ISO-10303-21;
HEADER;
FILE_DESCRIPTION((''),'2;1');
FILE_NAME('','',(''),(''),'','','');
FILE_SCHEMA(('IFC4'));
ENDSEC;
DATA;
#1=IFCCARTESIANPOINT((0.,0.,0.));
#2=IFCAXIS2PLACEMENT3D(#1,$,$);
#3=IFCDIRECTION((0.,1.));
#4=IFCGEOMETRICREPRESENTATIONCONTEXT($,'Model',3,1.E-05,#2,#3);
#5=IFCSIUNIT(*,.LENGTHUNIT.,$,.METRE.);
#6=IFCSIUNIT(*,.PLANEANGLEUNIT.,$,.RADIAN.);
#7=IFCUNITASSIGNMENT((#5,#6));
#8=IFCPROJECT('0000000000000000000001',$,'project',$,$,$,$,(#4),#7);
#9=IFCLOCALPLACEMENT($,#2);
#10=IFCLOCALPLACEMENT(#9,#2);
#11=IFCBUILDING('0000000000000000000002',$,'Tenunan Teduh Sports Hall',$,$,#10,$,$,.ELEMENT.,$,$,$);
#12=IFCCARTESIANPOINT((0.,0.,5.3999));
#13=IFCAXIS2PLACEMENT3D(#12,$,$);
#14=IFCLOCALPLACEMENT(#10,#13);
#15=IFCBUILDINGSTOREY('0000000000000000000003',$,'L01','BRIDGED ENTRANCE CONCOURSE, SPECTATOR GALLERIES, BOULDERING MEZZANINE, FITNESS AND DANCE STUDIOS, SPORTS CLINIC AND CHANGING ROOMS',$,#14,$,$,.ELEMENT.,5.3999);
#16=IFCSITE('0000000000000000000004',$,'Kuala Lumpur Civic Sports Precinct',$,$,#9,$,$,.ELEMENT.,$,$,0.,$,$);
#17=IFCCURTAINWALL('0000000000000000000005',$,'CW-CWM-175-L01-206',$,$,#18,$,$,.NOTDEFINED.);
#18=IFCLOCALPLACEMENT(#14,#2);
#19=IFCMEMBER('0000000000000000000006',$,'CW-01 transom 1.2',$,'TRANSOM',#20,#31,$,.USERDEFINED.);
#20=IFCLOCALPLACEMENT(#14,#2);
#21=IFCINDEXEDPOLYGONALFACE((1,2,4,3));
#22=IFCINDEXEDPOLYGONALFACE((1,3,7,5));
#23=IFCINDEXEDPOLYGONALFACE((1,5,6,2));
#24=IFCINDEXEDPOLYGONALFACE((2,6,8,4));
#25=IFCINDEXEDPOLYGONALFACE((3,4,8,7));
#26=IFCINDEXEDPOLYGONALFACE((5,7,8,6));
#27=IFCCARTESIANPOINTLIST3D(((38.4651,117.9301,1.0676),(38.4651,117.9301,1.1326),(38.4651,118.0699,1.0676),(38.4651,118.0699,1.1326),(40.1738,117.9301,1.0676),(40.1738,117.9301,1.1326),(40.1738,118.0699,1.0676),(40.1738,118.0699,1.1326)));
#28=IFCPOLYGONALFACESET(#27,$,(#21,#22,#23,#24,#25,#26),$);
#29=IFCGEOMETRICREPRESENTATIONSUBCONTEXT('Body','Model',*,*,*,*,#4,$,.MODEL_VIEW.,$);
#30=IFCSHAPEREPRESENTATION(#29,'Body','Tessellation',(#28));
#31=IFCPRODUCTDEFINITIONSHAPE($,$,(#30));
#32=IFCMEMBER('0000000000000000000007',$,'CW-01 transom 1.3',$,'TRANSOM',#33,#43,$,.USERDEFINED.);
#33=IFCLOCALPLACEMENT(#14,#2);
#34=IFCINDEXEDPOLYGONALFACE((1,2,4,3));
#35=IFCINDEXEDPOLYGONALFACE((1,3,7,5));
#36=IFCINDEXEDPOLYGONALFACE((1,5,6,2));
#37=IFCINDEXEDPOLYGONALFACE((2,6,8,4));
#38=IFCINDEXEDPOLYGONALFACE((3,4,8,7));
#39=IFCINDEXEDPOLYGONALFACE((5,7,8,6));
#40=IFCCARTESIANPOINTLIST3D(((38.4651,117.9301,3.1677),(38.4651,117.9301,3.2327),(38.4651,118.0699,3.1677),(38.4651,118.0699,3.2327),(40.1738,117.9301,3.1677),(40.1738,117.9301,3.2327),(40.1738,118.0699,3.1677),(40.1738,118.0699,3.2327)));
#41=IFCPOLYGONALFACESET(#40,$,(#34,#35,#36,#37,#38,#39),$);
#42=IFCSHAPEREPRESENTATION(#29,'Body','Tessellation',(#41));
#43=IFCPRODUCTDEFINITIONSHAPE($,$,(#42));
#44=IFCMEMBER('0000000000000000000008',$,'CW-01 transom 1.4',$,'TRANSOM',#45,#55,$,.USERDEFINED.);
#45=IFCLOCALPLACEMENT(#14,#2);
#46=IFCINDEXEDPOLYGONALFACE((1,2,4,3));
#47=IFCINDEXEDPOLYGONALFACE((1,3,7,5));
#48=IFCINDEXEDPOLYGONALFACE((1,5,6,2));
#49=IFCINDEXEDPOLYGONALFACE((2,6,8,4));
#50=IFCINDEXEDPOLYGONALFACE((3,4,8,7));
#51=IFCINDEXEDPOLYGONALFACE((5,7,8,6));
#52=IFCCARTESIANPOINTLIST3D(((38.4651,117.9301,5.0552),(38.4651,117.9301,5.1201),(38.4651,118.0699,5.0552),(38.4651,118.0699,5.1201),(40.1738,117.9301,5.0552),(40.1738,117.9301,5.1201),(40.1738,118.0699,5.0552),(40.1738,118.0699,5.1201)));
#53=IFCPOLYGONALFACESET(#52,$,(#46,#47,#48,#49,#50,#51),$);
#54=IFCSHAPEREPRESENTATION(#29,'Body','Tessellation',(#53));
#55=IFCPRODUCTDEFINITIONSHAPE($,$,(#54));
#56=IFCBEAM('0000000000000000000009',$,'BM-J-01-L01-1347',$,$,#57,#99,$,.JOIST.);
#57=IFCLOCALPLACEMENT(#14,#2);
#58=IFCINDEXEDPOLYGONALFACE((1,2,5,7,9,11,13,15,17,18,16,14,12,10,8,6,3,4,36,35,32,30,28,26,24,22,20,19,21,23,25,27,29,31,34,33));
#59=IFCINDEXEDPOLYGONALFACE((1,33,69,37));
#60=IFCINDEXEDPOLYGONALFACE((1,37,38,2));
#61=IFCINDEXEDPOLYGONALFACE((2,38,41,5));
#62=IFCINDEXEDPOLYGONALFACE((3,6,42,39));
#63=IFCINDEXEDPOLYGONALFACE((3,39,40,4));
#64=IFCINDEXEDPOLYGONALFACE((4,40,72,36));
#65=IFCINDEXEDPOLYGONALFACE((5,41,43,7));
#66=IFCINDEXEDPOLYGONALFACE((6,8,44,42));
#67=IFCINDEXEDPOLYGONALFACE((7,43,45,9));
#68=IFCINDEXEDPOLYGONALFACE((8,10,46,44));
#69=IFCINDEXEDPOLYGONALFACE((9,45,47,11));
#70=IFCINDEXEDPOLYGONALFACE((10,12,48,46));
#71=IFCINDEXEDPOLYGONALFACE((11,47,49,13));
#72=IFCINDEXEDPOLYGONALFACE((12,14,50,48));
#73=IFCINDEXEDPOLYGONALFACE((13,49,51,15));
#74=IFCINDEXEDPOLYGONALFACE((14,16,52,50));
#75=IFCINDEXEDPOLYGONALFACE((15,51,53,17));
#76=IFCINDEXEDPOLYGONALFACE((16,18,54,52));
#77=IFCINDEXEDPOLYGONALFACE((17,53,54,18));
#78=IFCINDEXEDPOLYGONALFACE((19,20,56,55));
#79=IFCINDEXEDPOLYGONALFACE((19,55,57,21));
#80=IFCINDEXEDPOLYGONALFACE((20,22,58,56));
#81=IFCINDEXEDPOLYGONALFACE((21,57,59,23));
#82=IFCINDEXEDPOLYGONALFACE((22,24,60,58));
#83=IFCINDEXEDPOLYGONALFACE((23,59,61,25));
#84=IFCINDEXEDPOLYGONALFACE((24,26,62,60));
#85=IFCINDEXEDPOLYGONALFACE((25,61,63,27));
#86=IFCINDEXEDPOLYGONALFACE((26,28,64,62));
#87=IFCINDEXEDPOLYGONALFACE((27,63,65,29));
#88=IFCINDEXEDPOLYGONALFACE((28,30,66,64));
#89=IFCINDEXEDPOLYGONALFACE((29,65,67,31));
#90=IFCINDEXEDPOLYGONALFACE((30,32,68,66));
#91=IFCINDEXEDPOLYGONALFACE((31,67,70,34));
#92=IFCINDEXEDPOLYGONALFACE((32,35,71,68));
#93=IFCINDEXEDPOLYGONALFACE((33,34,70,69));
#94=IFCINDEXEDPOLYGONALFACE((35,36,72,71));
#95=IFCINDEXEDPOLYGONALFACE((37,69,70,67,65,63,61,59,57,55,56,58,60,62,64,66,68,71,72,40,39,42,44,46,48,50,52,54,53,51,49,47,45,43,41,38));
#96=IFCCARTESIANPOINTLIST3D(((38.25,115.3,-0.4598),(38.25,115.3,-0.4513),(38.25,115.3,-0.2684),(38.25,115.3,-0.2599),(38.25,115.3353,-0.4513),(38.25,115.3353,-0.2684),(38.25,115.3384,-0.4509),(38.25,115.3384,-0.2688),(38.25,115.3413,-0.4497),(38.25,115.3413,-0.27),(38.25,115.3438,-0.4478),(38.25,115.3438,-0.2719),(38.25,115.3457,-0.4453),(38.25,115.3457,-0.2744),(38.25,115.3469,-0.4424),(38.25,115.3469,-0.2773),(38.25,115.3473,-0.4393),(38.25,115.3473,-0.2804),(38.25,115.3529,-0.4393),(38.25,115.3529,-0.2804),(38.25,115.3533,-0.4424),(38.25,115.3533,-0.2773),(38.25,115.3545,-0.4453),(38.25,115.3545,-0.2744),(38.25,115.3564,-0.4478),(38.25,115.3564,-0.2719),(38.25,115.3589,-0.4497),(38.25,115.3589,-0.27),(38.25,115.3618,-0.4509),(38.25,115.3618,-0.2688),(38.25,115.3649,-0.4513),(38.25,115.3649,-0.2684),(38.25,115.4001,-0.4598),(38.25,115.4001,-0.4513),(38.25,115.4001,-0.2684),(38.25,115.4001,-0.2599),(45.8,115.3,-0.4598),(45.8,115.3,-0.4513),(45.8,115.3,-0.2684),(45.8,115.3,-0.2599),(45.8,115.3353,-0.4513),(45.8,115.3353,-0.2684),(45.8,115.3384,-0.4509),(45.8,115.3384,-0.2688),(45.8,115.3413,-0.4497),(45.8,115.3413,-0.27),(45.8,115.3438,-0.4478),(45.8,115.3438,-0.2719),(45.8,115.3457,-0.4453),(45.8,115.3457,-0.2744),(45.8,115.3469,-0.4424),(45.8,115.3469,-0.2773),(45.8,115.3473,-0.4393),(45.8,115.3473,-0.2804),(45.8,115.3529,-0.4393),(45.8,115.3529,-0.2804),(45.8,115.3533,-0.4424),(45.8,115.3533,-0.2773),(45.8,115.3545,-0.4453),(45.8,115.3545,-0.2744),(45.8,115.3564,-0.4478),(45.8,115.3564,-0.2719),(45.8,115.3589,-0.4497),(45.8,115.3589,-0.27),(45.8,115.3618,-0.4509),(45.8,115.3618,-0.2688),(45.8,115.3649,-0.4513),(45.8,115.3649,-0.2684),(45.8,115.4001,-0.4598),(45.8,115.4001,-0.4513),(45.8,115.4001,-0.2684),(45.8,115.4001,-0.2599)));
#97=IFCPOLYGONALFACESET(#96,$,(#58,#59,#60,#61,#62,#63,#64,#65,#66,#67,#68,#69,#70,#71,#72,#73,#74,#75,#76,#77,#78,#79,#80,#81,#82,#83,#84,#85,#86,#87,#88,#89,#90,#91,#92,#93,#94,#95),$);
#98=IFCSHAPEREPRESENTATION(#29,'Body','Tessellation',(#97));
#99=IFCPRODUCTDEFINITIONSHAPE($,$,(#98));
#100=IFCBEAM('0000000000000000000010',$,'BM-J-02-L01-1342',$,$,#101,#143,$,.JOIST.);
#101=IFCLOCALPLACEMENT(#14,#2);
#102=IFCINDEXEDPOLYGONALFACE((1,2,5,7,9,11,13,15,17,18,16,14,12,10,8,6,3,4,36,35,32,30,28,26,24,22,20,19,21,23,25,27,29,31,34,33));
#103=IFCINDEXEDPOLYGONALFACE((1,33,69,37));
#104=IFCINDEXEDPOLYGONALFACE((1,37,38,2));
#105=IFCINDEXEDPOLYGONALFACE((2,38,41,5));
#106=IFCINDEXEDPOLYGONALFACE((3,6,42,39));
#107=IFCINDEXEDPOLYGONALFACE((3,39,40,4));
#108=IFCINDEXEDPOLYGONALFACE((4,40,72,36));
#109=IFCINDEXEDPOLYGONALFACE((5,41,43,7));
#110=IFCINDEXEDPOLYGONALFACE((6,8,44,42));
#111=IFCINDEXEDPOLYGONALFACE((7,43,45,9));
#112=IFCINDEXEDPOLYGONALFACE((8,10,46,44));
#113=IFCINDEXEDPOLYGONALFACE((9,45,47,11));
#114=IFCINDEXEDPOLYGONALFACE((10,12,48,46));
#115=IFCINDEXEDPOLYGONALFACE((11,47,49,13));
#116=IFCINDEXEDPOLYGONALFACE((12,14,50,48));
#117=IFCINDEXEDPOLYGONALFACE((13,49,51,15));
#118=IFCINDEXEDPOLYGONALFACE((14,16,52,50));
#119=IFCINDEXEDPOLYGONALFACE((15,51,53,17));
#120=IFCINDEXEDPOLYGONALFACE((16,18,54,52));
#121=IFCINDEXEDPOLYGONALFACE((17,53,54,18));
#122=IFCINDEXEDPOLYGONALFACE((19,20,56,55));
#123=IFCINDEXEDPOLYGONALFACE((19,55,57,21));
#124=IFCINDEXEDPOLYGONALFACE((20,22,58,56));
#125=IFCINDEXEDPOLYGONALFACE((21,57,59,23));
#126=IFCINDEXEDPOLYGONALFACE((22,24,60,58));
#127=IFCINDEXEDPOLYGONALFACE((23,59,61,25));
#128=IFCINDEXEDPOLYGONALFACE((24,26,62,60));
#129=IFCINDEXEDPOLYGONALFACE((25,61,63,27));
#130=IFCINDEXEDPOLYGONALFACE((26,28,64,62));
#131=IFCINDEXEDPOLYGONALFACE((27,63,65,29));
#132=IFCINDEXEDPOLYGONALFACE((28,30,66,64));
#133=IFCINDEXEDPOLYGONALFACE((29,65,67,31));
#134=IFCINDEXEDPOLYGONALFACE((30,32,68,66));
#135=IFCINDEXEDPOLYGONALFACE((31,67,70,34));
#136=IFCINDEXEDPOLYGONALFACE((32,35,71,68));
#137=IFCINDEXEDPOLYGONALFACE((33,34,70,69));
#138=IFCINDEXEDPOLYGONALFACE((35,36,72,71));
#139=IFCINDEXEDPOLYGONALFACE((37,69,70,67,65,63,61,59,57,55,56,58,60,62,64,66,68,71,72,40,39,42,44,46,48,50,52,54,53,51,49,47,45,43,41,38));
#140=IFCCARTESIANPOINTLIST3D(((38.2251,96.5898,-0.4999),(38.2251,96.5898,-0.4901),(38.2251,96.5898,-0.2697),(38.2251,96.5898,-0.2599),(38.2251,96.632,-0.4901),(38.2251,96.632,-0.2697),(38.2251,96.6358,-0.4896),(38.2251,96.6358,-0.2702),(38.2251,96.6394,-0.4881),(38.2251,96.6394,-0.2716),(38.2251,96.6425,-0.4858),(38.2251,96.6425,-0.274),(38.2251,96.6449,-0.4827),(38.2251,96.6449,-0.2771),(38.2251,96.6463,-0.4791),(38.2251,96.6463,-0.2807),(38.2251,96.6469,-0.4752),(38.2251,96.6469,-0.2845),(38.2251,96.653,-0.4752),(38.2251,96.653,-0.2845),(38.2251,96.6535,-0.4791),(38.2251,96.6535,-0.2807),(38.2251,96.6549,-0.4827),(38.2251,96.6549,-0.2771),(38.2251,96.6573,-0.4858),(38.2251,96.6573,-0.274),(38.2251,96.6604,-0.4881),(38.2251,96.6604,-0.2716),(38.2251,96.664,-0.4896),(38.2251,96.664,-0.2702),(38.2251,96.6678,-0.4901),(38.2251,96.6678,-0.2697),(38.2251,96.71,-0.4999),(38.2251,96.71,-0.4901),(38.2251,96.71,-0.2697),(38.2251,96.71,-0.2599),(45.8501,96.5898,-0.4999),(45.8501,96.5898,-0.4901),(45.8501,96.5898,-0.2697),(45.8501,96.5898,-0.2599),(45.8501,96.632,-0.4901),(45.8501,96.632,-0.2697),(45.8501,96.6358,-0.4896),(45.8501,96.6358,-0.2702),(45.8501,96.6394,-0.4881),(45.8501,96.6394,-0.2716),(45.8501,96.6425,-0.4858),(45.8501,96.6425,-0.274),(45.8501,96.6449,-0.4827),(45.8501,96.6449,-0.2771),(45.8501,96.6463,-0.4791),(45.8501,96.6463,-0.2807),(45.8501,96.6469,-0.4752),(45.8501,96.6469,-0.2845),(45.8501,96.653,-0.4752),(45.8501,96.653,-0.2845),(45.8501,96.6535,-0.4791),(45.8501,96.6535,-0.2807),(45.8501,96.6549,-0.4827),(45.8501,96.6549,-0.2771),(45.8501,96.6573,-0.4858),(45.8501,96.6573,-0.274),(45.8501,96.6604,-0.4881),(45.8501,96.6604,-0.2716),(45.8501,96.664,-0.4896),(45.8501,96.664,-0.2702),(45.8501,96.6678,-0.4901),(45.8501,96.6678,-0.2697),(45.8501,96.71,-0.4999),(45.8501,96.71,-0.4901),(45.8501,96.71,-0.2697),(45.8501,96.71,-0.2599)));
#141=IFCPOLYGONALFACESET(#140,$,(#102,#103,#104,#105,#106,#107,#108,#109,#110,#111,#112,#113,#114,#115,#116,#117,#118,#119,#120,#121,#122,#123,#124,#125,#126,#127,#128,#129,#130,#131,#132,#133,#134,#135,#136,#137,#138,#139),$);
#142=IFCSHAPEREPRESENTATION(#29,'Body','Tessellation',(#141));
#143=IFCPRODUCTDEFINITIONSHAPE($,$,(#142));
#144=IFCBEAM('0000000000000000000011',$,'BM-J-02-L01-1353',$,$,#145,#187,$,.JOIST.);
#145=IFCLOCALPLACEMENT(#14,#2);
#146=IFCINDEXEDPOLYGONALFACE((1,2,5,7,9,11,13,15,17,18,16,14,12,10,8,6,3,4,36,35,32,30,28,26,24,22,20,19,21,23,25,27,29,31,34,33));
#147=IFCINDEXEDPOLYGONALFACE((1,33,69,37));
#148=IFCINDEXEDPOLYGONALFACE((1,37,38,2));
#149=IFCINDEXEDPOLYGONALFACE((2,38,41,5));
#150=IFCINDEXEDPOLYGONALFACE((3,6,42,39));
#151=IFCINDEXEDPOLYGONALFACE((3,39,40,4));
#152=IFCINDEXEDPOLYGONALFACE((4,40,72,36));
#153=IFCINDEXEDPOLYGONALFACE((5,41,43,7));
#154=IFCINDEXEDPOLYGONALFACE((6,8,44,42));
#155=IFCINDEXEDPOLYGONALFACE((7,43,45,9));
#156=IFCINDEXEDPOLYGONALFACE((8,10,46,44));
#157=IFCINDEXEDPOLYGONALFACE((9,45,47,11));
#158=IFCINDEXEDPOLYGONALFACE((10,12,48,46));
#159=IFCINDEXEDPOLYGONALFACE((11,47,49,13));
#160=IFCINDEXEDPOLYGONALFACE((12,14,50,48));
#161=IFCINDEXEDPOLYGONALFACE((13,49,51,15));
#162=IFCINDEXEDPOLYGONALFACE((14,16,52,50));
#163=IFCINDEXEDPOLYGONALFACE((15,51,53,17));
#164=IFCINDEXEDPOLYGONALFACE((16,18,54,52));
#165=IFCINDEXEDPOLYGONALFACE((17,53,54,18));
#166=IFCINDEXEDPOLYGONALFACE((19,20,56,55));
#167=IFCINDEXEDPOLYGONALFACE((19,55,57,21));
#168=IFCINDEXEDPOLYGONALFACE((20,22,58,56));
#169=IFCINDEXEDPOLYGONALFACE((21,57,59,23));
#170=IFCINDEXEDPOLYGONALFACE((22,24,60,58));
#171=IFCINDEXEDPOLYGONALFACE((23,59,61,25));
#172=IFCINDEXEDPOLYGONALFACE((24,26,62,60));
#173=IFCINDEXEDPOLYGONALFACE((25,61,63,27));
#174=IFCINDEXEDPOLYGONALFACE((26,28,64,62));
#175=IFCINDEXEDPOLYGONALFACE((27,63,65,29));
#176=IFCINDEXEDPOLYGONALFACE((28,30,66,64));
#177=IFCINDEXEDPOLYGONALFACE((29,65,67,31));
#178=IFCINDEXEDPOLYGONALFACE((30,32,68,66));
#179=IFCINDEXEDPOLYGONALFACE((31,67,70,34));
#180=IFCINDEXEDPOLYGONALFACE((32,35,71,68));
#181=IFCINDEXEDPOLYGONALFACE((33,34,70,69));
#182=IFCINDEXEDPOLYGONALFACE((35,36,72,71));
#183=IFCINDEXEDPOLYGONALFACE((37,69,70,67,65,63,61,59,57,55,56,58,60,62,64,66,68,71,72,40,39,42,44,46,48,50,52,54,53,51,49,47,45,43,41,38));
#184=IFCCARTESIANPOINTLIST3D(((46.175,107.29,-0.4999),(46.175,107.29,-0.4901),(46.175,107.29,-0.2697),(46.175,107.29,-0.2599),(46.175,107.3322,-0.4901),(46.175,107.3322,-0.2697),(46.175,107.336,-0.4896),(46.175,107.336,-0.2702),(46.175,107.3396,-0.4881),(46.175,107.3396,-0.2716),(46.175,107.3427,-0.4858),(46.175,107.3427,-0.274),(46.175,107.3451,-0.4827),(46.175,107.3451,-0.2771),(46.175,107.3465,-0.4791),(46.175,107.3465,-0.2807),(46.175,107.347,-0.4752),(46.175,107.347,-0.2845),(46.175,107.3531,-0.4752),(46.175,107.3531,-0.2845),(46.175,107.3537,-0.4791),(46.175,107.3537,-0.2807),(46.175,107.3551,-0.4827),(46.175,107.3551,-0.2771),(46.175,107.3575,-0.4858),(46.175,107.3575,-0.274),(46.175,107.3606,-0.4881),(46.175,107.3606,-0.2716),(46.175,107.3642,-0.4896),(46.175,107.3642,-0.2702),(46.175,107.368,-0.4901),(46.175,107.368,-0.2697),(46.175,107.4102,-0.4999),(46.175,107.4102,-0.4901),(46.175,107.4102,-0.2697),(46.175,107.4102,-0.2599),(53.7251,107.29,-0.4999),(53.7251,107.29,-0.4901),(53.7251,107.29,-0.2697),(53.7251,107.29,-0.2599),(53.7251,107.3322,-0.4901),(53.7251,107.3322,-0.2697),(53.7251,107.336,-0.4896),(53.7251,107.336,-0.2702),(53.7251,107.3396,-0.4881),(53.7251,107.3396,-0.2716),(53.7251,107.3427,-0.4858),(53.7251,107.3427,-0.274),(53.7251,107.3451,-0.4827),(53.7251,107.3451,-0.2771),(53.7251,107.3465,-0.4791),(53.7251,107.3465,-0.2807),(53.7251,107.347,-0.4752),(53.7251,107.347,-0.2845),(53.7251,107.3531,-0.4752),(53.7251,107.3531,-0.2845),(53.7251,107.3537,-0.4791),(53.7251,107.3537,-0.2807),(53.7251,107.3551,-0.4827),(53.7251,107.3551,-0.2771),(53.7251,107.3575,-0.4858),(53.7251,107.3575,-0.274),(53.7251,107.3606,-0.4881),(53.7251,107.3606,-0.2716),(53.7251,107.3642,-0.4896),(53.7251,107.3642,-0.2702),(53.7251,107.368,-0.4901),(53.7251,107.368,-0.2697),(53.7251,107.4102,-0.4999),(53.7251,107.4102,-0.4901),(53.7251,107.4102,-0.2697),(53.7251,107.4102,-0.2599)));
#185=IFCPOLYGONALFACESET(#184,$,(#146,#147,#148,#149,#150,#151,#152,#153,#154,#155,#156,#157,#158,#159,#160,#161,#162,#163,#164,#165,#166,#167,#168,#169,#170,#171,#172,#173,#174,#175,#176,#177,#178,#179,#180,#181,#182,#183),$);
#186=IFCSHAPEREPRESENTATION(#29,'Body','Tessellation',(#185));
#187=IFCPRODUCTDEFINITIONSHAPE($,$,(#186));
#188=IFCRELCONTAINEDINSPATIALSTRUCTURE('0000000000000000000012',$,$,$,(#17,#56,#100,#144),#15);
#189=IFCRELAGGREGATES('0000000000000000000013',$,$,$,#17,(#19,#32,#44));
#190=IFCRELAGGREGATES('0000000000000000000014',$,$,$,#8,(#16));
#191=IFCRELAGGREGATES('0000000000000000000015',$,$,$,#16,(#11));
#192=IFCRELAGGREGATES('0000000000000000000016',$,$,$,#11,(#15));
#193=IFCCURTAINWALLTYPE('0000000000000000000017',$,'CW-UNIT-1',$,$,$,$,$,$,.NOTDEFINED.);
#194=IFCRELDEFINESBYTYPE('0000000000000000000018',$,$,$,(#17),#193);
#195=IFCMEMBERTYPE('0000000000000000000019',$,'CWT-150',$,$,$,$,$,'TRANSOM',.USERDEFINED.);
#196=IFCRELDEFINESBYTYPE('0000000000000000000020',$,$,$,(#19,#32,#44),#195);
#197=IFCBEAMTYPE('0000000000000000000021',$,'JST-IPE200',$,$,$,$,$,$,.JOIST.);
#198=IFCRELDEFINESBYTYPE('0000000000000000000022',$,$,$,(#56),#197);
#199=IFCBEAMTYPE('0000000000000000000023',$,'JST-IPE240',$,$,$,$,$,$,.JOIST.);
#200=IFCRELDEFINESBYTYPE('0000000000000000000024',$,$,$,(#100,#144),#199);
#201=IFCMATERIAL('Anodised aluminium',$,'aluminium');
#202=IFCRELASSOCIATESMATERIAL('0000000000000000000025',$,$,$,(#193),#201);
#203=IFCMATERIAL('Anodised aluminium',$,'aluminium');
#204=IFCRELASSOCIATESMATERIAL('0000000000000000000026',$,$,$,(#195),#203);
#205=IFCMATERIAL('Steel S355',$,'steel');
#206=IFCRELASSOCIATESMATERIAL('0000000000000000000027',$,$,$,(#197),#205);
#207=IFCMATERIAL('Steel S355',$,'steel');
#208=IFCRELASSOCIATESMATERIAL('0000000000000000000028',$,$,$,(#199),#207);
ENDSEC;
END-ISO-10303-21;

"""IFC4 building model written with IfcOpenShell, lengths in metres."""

from ifc_helpers import new_model, si_unit, direction, frame, origin, origin_2d, place, context, subcontext, project, spatial, rectangle, i_section, extrude, material, material_profile, profile_set, type_object, element, aggregate, save


model = new_model("IFC4")

# Units and contexts
model_context = context("Model", 3, precision=1e-05, world=origin(), true_north=direction((0.0, 1.0)))
body_context = subcontext(model_context, "Body", "Model", "MODEL_VIEW")
ifc_project = project(units=[si_unit("LENGTHUNIT", "METRE"), si_unit("PLANEANGLEUNIT", "RADIAN")], contexts=[model_context])

# Site, building, storey
site_placement = place(None, origin())
site = spatial("IfcSite", under=ifc_project, at=site_placement, Name="Kuala Lumpur Civic Sports Precinct", CompositionType="ELEMENT", RefElevation=0.0)
building_placement = place(site_placement, origin())
building = spatial("IfcBuilding", under=site, at=building_placement, Name="Tenunan Teduh Sports Hall", CompositionType="ELEMENT")
storey_placement = place(building_placement, frame((0.0, 0.0, 5.3999)))
storey = spatial("IfcBuildingStorey", under=building, at=storey_placement, Name="L01", Description="BRIDGED ENTRANCE CONCOURSE, SPECTATOR GALLERIES, BOULDERING MEZZANINE, FITNESS AND DANCE STUDIOS, SPORTS CLINIC AND CHANGING ROOMS", CompositionType="ELEMENT", Elevation=5.3999)

# Curtain wall, members
ifc_material_1 = material(Name="Anodised aluminium", Category="aluminium")
curtain_wall_type = type_object("IfcCurtainWallType", Name="CW-UNIT-1", PredefinedType="NOTDEFINED", material=ifc_material_1)
curtain_wall_placement = place(storey_placement, origin())
curtain_wall = element("IfcCurtainWall", 1, at=curtain_wall_placement, inside=storey, type_object=curtain_wall_type, Name="CW-CWM-175-L01-206", PredefinedType="NOTDEFINED")
ifc_material_2 = material(Name="Anodised aluminium", Category="aluminium")
ifc_material_profile_1 = material_profile(ifc_material_2, rectangle(XDim=0.0649, YDim=0.1399, at=origin_2d()), Name="CWT 65x140")
ifc_profile_set_1 = profile_set([ifc_material_profile_1], Name="Anodised aluminium")
member_type_1 = type_object("IfcMemberType", Name="CWT-150", ElementType="TRANSOM", PredefinedType="USERDEFINED", material=ifc_profile_set_1)
member_1_placement = place(storey_placement, frame((38.4651, 118.0, 1.1001), z_axis=(1.0, 0.0, 0.0), x_axis=(0.0, 0.0, 1.0)))
member_1 = element("IfcMember", 2, at=member_1_placement, type_object=member_type_1, Name="CW-01 transom 1.2", ObjectType="TRANSOM", PredefinedType="USERDEFINED", context=body_context, shape_type="SweptSolid", body=[
    extrude(rectangle(XDim=0.0649, YDim=0.1399, at=origin_2d()), origin(), (0.0, 0.0, 1.0), 1.7087),
])
member_2_placement = place(storey_placement, frame((38.4651, 118.0, 3.2002), z_axis=(1.0, 0.0, 0.0), x_axis=(0.0, 0.0, 1.0)))
member_2 = element("IfcMember", 3, at=member_2_placement, type_object=member_type_1, Name="CW-01 transom 1.3", ObjectType="TRANSOM", PredefinedType="USERDEFINED", context=body_context, shape_type="SweptSolid", body=[
    extrude(rectangle(XDim=0.0649, YDim=0.1399, at=origin_2d()), origin(), (0.0, 0.0, 1.0), 1.7087),
])
member_3_placement = place(storey_placement, frame((38.4651, 118.0, 5.0876), z_axis=(1.0, 0.0, 0.0), x_axis=(0.0, 0.0, 1.0)))
member_3 = element("IfcMember", 4, at=member_3_placement, type_object=member_type_1, Name="CW-01 transom 1.4", ObjectType="TRANSOM", PredefinedType="USERDEFINED", context=body_context, shape_type="SweptSolid", body=[
    extrude(rectangle(XDim=0.0649, YDim=0.1399, at=origin_2d()), origin(), (0.0, 0.0, 1.0), 1.7087),
])

# Beams
ifc_material_3 = material(Name="Steel S355", Category="steel")
ifc_material_profile_2 = material_profile(ifc_material_3, i_section(OverallWidth=0.1001, OverallDepth=0.2, WebThickness=0.0056, FlangeThickness=0.0085, FilletRadius=0.012, at=origin_2d()), Name="IPE 200")
ifc_profile_set_2 = profile_set([ifc_material_profile_2], Name="Steel S355")
beam_type_1 = type_object("IfcBeamType", Name="JST-IPE200", PredefinedType="JOIST", material=ifc_profile_set_2)
beam_1_placement = place(storey_placement, frame((38.25, 115.3501, -0.3599), z_axis=(1.0, 0.0, 0.0), x_axis=(0.0, 1.0, 0.0)))
element("IfcBeam", 5, at=beam_1_placement, inside=storey, type_object=beam_type_1, Name="BM-J-01-L01-1347", PredefinedType="JOIST", context=body_context, shape_type="SweptSolid", body=[
    extrude(i_section(OverallWidth=0.1001, OverallDepth=0.2, WebThickness=0.0056, FlangeThickness=0.0085, FilletRadius=0.012, at=origin_2d()), origin(), (0.0, 0.0, 1.0), 7.55),
])
ifc_material_4 = material(Name="Steel S355", Category="steel")
ifc_material_profile_3 = material_profile(ifc_material_4, i_section(OverallWidth=0.1201, OverallDepth=0.24, WebThickness=0.0061, FlangeThickness=0.0098, FilletRadius=0.0149, at=origin_2d()), Name="IPE 240")
ifc_profile_set_3 = profile_set([ifc_material_profile_3], Name="Steel S355")
beam_type_2 = type_object("IfcBeamType", Name="JST-IPE240", PredefinedType="JOIST", material=ifc_profile_set_3)
beam_2_placement = place(storey_placement, frame((38.2251, 96.6499, -0.3799), z_axis=(1.0, 0.0, 0.0), x_axis=(0.0, 1.0, 0.0)))
element("IfcBeam", 6, at=beam_2_placement, inside=storey, type_object=beam_type_2, Name="BM-J-02-L01-1342", PredefinedType="JOIST", context=body_context, shape_type="SweptSolid", body=[
    extrude(i_section(OverallWidth=0.1201, OverallDepth=0.24, WebThickness=0.0061, FlangeThickness=0.0098, FilletRadius=0.0149, at=origin_2d()), origin(), (0.0, 0.0, 1.0), 7.625),
])
beam_3_placement = place(storey_placement, frame((46.175, 107.3501, -0.3799), z_axis=(1.0, 0.0, 0.0), x_axis=(0.0, 1.0, 0.0)))
element("IfcBeam", 7, at=beam_3_placement, inside=storey, type_object=beam_type_2, Name="BM-J-02-L01-1353", PredefinedType="JOIST", context=body_context, shape_type="SweptSolid", body=[
    extrude(i_section(OverallWidth=0.1201, OverallDepth=0.24, WebThickness=0.0061, FlangeThickness=0.0098, FilletRadius=0.0149, at=origin_2d()), origin(), (0.0, 0.0, 1.0), 7.55),
])

aggregate(curtain_wall, [member_1, member_2, member_3])

save(model, "model.ifc")
